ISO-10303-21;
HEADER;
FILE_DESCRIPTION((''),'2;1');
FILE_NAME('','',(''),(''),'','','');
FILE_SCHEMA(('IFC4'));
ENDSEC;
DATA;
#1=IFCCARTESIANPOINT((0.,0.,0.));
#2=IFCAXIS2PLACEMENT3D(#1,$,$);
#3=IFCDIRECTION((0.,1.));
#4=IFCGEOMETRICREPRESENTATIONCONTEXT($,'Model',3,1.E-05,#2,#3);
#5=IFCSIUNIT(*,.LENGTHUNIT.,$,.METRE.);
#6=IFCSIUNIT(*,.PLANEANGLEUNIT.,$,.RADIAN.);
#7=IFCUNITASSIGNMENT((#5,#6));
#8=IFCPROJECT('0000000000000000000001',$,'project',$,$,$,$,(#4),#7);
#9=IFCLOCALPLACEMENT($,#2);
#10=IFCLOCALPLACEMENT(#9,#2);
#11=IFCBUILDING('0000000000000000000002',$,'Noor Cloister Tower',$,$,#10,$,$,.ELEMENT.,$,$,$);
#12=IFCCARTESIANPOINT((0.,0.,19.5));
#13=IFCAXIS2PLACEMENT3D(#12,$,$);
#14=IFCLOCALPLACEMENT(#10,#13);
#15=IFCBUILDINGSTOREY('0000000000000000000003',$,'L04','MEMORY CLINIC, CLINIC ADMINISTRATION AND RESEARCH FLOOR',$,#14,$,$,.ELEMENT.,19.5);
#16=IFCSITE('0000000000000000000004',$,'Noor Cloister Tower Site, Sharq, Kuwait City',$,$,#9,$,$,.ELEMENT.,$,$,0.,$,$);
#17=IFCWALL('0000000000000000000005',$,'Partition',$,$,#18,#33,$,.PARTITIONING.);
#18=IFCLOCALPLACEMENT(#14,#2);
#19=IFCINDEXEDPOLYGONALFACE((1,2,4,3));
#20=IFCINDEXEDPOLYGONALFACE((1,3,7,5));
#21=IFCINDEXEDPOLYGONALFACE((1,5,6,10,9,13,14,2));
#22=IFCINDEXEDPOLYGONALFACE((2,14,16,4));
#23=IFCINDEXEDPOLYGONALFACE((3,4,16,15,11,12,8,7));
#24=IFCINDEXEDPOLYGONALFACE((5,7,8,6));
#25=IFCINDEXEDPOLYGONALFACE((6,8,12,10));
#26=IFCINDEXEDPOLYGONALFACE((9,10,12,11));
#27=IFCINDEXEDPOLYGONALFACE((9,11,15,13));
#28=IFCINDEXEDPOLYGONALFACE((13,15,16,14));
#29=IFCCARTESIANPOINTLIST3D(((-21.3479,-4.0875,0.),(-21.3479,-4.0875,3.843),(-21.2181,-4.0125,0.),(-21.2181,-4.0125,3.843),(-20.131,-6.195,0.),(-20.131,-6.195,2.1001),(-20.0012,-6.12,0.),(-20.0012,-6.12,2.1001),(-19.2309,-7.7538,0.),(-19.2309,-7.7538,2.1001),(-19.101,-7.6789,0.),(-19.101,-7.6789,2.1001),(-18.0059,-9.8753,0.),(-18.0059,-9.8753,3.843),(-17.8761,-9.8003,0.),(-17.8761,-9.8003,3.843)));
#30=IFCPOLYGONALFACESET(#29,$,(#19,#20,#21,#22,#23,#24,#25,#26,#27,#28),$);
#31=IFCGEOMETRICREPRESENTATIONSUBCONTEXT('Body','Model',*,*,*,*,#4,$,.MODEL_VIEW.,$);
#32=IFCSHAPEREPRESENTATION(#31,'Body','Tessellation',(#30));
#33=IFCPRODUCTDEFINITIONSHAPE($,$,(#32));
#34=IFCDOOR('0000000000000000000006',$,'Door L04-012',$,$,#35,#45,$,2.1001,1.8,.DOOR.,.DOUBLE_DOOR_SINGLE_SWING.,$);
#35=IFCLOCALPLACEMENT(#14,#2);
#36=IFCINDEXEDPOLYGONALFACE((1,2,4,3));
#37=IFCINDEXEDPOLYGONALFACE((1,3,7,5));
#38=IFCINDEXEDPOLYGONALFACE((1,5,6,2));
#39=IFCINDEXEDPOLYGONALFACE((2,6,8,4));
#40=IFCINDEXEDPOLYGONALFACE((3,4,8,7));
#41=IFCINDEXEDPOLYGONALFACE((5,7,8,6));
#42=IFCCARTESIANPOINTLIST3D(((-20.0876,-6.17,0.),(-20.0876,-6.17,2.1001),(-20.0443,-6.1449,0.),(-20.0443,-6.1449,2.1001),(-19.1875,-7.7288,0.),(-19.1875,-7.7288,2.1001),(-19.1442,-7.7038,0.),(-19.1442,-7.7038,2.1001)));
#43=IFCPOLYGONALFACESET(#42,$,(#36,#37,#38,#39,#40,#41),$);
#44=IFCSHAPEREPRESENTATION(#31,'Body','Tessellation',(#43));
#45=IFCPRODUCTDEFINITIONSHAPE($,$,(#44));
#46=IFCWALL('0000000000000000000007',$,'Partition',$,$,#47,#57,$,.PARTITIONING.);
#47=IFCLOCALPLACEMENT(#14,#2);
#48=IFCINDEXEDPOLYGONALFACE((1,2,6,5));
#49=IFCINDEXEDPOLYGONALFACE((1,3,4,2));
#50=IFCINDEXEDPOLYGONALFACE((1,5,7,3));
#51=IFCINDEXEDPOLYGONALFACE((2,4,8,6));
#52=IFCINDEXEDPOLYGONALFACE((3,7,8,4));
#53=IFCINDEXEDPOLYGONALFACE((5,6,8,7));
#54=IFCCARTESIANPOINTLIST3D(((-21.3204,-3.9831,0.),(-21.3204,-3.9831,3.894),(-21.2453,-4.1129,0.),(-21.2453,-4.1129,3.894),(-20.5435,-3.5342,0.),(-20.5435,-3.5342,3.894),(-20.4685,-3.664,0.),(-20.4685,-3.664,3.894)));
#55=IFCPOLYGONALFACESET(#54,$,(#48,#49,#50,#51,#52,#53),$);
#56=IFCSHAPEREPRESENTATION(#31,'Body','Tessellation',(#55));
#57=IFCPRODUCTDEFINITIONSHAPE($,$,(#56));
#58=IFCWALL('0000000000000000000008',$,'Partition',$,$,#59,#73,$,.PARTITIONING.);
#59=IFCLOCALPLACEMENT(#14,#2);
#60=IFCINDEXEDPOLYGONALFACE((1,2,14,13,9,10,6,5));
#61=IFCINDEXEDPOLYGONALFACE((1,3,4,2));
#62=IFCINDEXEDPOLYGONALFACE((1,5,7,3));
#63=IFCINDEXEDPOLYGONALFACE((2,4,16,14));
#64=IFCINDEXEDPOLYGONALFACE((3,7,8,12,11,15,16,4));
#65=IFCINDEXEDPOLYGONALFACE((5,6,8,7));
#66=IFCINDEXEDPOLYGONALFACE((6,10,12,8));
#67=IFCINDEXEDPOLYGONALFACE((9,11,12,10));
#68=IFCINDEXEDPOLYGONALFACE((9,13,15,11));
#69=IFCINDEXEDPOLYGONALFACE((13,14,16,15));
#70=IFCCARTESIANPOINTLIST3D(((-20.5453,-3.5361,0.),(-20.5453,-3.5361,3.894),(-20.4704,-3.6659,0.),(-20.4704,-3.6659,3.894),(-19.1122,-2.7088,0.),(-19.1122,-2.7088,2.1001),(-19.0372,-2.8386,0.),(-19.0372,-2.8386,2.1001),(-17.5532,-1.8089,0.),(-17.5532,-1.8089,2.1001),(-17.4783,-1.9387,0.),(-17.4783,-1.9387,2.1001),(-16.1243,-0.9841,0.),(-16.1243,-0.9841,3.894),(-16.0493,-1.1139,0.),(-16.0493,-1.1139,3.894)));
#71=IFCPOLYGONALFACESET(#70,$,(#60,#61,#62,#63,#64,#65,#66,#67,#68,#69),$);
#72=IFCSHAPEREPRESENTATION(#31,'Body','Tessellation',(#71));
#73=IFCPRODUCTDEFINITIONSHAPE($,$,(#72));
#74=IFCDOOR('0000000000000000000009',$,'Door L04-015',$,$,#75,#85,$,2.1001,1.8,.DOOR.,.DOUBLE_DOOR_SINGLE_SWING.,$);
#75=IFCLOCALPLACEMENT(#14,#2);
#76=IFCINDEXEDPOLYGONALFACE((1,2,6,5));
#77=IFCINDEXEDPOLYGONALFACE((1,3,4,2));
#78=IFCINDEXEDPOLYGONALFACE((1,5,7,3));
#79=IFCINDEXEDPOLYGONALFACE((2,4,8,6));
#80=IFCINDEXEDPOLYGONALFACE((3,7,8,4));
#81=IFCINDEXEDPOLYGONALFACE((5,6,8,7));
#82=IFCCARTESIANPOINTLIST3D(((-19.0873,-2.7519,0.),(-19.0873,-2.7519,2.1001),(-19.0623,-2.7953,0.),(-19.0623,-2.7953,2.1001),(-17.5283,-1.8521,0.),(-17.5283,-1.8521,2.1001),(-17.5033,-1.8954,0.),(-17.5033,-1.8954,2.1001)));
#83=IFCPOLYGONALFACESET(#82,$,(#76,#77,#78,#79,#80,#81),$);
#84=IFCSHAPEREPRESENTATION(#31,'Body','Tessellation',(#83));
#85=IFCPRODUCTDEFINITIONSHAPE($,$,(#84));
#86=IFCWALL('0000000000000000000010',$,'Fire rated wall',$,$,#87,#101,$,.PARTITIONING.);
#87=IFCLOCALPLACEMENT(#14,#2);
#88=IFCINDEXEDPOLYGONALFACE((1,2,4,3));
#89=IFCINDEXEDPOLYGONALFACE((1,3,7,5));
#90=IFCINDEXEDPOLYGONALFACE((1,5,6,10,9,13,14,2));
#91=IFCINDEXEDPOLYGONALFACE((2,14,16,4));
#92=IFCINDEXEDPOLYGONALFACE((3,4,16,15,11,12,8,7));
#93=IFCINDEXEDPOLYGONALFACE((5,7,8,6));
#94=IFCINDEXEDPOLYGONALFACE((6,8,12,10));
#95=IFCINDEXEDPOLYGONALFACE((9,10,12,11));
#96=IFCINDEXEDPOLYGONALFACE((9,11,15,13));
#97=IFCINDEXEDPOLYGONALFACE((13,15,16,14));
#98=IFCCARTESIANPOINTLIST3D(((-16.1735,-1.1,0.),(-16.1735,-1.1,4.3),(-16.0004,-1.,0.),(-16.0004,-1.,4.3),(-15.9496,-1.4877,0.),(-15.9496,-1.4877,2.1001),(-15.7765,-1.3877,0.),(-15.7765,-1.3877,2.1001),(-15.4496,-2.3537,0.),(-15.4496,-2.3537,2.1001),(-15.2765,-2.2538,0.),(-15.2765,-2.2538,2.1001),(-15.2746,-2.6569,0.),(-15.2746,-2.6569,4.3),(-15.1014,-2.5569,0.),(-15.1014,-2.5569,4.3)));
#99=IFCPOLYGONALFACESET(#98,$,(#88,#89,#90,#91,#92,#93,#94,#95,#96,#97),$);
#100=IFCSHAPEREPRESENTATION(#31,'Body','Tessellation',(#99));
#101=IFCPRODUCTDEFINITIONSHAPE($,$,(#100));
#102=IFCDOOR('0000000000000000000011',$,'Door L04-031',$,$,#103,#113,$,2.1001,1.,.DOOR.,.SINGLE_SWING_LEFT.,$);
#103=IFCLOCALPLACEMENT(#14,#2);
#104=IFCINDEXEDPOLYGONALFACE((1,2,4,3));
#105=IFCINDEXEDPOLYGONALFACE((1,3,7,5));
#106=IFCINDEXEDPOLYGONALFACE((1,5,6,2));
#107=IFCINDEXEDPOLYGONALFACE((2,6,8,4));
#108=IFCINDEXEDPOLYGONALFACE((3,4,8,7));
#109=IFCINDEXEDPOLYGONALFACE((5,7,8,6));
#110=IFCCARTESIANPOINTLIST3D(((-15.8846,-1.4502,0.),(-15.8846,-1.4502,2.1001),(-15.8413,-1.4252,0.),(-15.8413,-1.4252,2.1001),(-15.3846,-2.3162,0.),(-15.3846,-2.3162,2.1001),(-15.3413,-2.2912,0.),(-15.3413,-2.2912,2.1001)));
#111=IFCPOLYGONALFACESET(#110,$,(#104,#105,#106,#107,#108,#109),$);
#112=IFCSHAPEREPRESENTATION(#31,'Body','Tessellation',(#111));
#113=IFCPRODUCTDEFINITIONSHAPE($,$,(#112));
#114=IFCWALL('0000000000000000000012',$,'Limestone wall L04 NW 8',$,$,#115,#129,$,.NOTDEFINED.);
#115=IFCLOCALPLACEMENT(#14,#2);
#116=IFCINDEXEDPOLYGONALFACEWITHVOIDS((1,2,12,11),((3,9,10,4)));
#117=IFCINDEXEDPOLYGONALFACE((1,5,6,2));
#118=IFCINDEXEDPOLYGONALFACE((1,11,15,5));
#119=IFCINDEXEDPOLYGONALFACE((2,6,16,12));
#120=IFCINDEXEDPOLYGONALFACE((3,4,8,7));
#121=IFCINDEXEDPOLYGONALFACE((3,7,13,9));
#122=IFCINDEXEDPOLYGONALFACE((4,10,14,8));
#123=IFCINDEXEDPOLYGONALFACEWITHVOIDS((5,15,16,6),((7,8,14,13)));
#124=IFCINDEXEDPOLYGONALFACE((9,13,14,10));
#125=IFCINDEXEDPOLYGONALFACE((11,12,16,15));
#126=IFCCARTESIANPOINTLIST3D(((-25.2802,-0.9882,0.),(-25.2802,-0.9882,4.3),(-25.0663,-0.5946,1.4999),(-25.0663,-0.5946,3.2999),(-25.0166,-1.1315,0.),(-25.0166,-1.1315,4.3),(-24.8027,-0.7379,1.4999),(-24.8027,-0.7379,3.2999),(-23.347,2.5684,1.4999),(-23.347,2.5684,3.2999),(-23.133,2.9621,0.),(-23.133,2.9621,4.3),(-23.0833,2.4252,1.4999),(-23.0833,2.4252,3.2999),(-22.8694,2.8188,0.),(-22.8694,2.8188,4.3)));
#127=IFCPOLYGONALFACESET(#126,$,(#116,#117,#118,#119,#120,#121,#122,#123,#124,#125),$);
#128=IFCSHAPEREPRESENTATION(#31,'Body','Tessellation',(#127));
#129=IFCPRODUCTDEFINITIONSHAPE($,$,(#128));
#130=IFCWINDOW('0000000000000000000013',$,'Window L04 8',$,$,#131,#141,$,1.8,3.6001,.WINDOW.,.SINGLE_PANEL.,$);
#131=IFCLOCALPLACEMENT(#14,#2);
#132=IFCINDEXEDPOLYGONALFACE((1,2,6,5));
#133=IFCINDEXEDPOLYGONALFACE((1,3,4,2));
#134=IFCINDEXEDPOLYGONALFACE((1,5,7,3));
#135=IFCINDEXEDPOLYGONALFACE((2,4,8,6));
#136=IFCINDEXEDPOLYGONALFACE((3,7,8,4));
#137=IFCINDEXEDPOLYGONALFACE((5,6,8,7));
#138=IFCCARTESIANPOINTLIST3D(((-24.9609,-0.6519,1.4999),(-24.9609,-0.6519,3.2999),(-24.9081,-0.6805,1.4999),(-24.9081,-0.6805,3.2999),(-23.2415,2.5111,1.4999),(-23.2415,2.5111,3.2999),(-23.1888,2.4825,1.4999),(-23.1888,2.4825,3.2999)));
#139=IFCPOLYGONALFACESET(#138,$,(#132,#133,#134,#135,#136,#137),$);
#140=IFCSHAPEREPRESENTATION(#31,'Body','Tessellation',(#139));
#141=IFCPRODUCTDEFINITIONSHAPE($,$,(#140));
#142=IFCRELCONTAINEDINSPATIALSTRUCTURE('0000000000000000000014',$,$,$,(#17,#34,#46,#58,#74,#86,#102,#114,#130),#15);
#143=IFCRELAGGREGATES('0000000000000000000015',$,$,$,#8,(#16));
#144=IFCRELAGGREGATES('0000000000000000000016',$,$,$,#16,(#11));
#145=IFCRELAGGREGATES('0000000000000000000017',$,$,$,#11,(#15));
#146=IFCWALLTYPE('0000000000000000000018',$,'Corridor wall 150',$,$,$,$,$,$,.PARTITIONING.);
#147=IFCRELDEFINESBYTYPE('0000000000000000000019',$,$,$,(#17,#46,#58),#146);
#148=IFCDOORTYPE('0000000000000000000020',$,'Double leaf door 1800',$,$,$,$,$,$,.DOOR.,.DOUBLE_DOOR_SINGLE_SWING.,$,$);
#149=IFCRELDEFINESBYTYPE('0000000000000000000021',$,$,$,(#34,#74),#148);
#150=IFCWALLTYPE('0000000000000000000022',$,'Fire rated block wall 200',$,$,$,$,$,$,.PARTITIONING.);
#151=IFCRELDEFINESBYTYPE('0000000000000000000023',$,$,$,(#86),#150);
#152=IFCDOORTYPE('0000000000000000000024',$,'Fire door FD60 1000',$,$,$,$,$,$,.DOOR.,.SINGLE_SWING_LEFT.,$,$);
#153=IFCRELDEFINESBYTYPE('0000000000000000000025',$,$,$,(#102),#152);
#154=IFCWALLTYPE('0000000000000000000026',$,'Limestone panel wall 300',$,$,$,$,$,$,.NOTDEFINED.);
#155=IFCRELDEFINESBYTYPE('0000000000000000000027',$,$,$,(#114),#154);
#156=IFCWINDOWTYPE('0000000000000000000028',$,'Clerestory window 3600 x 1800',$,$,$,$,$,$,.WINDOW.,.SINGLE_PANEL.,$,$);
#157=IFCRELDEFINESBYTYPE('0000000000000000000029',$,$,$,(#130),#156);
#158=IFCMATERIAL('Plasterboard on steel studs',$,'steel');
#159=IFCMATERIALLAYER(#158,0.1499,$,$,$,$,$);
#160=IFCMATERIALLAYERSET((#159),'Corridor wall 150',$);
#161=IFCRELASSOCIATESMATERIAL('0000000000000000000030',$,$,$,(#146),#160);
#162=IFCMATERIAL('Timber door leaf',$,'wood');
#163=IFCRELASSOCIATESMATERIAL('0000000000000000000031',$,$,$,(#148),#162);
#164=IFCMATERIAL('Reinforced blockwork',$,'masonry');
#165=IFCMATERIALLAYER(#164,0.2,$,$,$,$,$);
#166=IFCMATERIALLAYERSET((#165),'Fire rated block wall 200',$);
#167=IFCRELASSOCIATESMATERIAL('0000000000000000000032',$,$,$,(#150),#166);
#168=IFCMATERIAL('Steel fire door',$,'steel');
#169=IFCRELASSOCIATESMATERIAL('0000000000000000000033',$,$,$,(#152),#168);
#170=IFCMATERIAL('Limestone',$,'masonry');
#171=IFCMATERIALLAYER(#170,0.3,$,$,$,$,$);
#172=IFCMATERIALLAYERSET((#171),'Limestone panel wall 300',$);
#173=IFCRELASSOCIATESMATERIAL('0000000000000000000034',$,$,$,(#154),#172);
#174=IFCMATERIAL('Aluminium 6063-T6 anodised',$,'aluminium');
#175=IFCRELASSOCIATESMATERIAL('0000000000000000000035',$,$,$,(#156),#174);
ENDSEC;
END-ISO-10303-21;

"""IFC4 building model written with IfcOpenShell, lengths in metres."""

from ifc_helpers import new_model, si_unit, direction, frame, frame_2d, origin, place, context, subcontext, project, spatial, rectangle, extrude, material, layer, layer_set, type_object, element, fill, save


model = new_model("IFC4")

# Units and contexts
model_context = context("Model", 3, precision=1e-05, world=origin(), true_north=direction((0.0, 1.0)))
body_context = subcontext(model_context, "Body", "Model", "MODEL_VIEW")
ifc_project = project(units=[si_unit("LENGTHUNIT", "METRE"), si_unit("PLANEANGLEUNIT", "RADIAN")], contexts=[model_context])

# Site, building, storey
site_placement = place(None, origin())
site = spatial("IfcSite", under=ifc_project, at=site_placement, Name="Noor Cloister Tower Site, Sharq, Kuwait City", CompositionType="ELEMENT", RefElevation=0.0)
building_placement = place(site_placement, origin())
building = spatial("IfcBuilding", under=site, at=building_placement, Name="Noor Cloister Tower", CompositionType="ELEMENT")
storey_placement = place(building_placement, frame((0.0, 0.0, 19.5)))
storey = spatial("IfcBuildingStorey", under=building, at=storey_placement, Name="L04", Description="MEMORY CLINIC, CLINIC ADMINISTRATION AND RESEARCH FLOOR", CompositionType="ELEMENT", Elevation=19.5)

# Wall, opening, door
ifc_material_1 = material(Name="Plasterboard on steel studs", Category="steel")
ifc_layer_1 = layer(ifc_material_1, 0.1499)
ifc_layer_set_1 = layer_set([ifc_layer_1], Name="Corridor wall 150")
wall_type_1 = type_object("IfcWallType", Name="Corridor wall 150", PredefinedType="PARTITIONING", material=ifc_layer_set_1)
wall_1_placement = place(storey_placement, frame((-17.9409, -9.8379, 0.0), z_axis=(0.0, 0.0, 1.0), x_axis=(-0.500048, 0.865998, 0.0)))
wall_1 = element("IfcWall", 1, at=wall_1_placement, inside=storey, type_object=wall_type_1, Name="Partition", PredefinedType="PARTITIONING", context=body_context, shape_type="SweptSolid", body=[
    extrude(rectangle(XDim=6.6833, YDim=0.1499, at=frame_2d((3.3418, 0.0))), origin(), (0.0, 0.0, 1.0), 3.843),
])
opening_1_placement = place(wall_1_placement, frame((2.45, 0.0, 0.0)))
opening_1 = element("IfcOpeningElement", 2, at=opening_1_placement, cuts=wall_1, PredefinedType="OPENING", context=body_context, shape_type="SweptSolid", body=[
    extrude(rectangle(XDim=1.8, YDim=2.1001, at=frame_2d((0.8999, 1.05))), frame((0.0, 0.085, 0.0), z_axis=(0.0, -1.0, 0.0), x_axis=(1.0, 0.0, 0.0)), (0.0, 0.0, 1.0), 0.1699),
])
ifc_material_2 = material(Name="Timber door leaf", Category="wood")
door_type_1 = type_object("IfcDoorType", Name="Double leaf door 1800", OperationType="DOUBLE_DOOR_SINGLE_SWING", PredefinedType="DOOR", material=ifc_material_2)
door_1_placement = place(opening_1_placement, origin())
door_1 = element("IfcDoor", 3, at=door_1_placement, inside=storey, type_object=door_type_1, Name="Door L04-012", OperationType="DOUBLE_DOOR_SINGLE_SWING", OverallHeight=2.1001, OverallWidth=1.8, PredefinedType="DOOR", context=body_context, shape_type="SweptSolid", body=[
    extrude(rectangle(XDim=1.8, YDim=2.1001, at=frame_2d((0.8999, 1.05))), frame((0.0, 0.0249, 0.0), z_axis=(0.0, -1.0, 0.0), x_axis=(1.0, 0.0, 0.0)), (0.0, 0.0, 1.0), 0.05),
])
fill(opening_1, door_1)

# Wall
wall_2_placement = place(storey_placement, frame((-21.283, -4.0481, 0.0), z_axis=(0.0, 0.0, 1.0), x_axis=(0.865805, 0.500382, 0.0)))
element("IfcWall", 4, at=wall_2_placement, inside=storey, type_object=wall_type_1, Name="Partition", PredefinedType="PARTITIONING", context=body_context, shape_type="SweptSolid", body=[
    extrude(rectangle(XDim=0.8972, YDim=0.1499, at=frame_2d((0.4487, 0.0))), origin(), (0.0, 0.0, 1.0), 3.894),
])

# Walls, openings, doors
wall_3_placement = place(storey_placement, frame((-16.0869, -1.0491, 0.0), z_axis=(0.0, 0.0, 1.0), x_axis=(-0.866072, -0.49992, 0.0)))
wall_3 = element("IfcWall", 5, at=wall_3_placement, inside=storey, type_object=wall_type_1, Name="Partition", PredefinedType="PARTITIONING", context=body_context, shape_type="SweptSolid", body=[
    extrude(rectangle(XDim=5.1047, YDim=0.1499, at=frame_2d((2.5522, 0.0))), origin(), (0.0, 0.0, 1.0), 3.894),
])
opening_2_placement = place(wall_3_placement, frame((1.6499, 0.0, 0.0)))
opening_2 = element("IfcOpeningElement", 6, at=opening_2_placement, cuts=wall_3, PredefinedType="OPENING", context=body_context, shape_type="SweptSolid", body=[
    extrude(rectangle(XDim=1.8, YDim=2.1001, at=frame_2d((0.8999, 1.05))), frame((0.0, 0.085, 0.0), z_axis=(0.0, -1.0, 0.0), x_axis=(1.0, 0.0, 0.0)), (0.0, 0.0, 1.0), 0.1699),
])
door_2_placement = place(opening_2_placement, origin())
door_2 = element("IfcDoor", 7, at=door_2_placement, inside=storey, type_object=door_type_1, Name="Door L04-015", OperationType="DOUBLE_DOOR_SINGLE_SWING", OverallHeight=2.1001, OverallWidth=1.8, PredefinedType="DOOR", context=body_context, shape_type="SweptSolid", body=[
    extrude(rectangle(XDim=1.8, YDim=2.1001, at=frame_2d((0.8999, 1.05))), frame((0.0, 0.0249, 0.0), z_axis=(0.0, -1.0, 0.0), x_axis=(1.0, 0.0, 0.0)), (0.0, 0.0, 1.0), 0.05),
])
fill(opening_2, door_2)
ifc_material_3 = material(Name="Reinforced blockwork", Category="masonry")
ifc_layer_2 = layer(ifc_material_3, 0.2)
ifc_layer_set_2 = layer_set([ifc_layer_2], Name="Fire rated block wall 200")
wall_type_2 = type_object("IfcWallType", Name="Fire rated block wall 200", PredefinedType="PARTITIONING", material=ifc_layer_set_2)
wall_4_placement = place(storey_placement, frame((-15.188, -2.6069, 0.0), z_axis=(0.0, 0.0, 1.0), x_axis=(-0.500024, 0.866011, 0.0)))
wall_4 = element("IfcWall", 8, at=wall_4_placement, inside=storey, type_object=wall_type_2, Name="Fire rated wall", PredefinedType="PARTITIONING", context=body_context, shape_type="SweptSolid", body=[
    extrude(rectangle(XDim=1.7979, YDim=0.2, at=frame_2d((0.8989, 0.0))), origin(), (0.0, 0.0, 1.0), 4.3),
])
opening_3_placement = place(wall_4_placement, frame((0.3501, 0.0, 0.0)))
opening_3 = element("IfcOpeningElement", 9, at=opening_3_placement, cuts=wall_4, PredefinedType="OPENING", context=body_context, shape_type="SweptSolid", body=[
    extrude(rectangle(XDim=1.0, YDim=2.1001, at=frame_2d((0.5, 1.05))), frame((0.0, 0.1099, 0.0), z_axis=(0.0, -1.0, 0.0), x_axis=(1.0, 0.0, 0.0)), (0.0, 0.0, 1.0), 0.22),
])
ifc_material_4 = material(Name="Steel fire door", Category="steel")
door_type_2 = type_object("IfcDoorType", Name="Fire door FD60 1000", OperationType="SINGLE_SWING_LEFT", PredefinedType="DOOR", material=ifc_material_4)
door_3_placement = place(opening_3_placement, origin())
door_3 = element("IfcDoor", 10, at=door_3_placement, inside=storey, type_object=door_type_2, Name="Door L04-031", OperationType="SINGLE_SWING_LEFT", OverallHeight=2.1001, OverallWidth=1.0, PredefinedType="DOOR", context=body_context, shape_type="SweptSolid", body=[
    extrude(rectangle(XDim=1.0, YDim=2.1001, at=frame_2d((0.5, 1.05))), frame((0.0, 0.0249, 0.0), z_axis=(0.0, -1.0, 0.0), x_axis=(1.0, 0.0, 0.0)), (0.0, 0.0, 1.0), 0.05),
])
fill(opening_3, door_3)

# Wall, opening, window
ifc_material_5 = material(Name="Limestone", Category="masonry")
ifc_layer_3 = layer(ifc_material_5, 0.3)
ifc_layer_set_3 = layer_set([ifc_layer_3], Name="Limestone panel wall 300")
wall_type_3 = type_object("IfcWallType", Name="Limestone panel wall 300", PredefinedType="NOTDEFINED", material=ifc_layer_set_3)
wall_5_placement = place(storey_placement, frame((-25.1484, -1.0598, 0.0), z_axis=(0.0, 0.0, 1.0), x_axis=(0.477577, 0.87859, 0.0)))
wall_5 = element("IfcWall", 11, at=wall_5_placement, inside=storey, type_object=wall_type_3, Name="Limestone wall L04 NW 8", PredefinedType="NOTDEFINED", context=body_context, shape_type="SweptSolid", body=[
    extrude(rectangle(XDim=4.4961, YDim=0.3, at=frame_2d((2.248, 0.0))), origin(), (0.0, 0.0, 1.0), 4.3),
])
opening_4_placement = place(wall_5_placement, frame((0.448, 0.0, 1.5)))
opening_4 = element("IfcOpeningElement", 12, at=opening_4_placement, cuts=wall_5, PredefinedType="OPENING", context=body_context, shape_type="SweptSolid", body=[
    extrude(rectangle(XDim=3.6001, YDim=1.8, at=frame_2d((1.8, 0.8999))), frame((0.0, 0.1602, 0.0), z_axis=(0.0, -1.0, 0.0), x_axis=(1.0, 0.0, 0.0)), (0.0, 0.0, 1.0), 0.3201),
])
ifc_material_6 = material(Name="Aluminium 6063-T6 anodised", Category="aluminium")
window_type_1 = type_object("IfcWindowType", Name="Clerestory window 3600 x 1800", PartitioningType="SINGLE_PANEL", PredefinedType="WINDOW", material=ifc_material_6)
window_1_placement = place(opening_4_placement, origin())
window_1 = element("IfcWindow", 13, at=window_1_placement, inside=storey, type_object=window_type_1, Name="Window L04 8", OverallHeight=1.8, OverallWidth=3.6001, PartitioningType="SINGLE_PANEL", PredefinedType="WINDOW", context=body_context, shape_type="SweptSolid", body=[
    extrude(rectangle(XDim=3.6001, YDim=1.8, at=frame_2d((1.8, 0.8999))), frame((0.0, 0.03, 0.0), z_axis=(0.0, -1.0, 0.0), x_axis=(1.0, 0.0, 0.0)), (0.0, 0.0, 1.0), 0.0601),
])
fill(opening_4, window_1)

save(model, "model.ifc")
